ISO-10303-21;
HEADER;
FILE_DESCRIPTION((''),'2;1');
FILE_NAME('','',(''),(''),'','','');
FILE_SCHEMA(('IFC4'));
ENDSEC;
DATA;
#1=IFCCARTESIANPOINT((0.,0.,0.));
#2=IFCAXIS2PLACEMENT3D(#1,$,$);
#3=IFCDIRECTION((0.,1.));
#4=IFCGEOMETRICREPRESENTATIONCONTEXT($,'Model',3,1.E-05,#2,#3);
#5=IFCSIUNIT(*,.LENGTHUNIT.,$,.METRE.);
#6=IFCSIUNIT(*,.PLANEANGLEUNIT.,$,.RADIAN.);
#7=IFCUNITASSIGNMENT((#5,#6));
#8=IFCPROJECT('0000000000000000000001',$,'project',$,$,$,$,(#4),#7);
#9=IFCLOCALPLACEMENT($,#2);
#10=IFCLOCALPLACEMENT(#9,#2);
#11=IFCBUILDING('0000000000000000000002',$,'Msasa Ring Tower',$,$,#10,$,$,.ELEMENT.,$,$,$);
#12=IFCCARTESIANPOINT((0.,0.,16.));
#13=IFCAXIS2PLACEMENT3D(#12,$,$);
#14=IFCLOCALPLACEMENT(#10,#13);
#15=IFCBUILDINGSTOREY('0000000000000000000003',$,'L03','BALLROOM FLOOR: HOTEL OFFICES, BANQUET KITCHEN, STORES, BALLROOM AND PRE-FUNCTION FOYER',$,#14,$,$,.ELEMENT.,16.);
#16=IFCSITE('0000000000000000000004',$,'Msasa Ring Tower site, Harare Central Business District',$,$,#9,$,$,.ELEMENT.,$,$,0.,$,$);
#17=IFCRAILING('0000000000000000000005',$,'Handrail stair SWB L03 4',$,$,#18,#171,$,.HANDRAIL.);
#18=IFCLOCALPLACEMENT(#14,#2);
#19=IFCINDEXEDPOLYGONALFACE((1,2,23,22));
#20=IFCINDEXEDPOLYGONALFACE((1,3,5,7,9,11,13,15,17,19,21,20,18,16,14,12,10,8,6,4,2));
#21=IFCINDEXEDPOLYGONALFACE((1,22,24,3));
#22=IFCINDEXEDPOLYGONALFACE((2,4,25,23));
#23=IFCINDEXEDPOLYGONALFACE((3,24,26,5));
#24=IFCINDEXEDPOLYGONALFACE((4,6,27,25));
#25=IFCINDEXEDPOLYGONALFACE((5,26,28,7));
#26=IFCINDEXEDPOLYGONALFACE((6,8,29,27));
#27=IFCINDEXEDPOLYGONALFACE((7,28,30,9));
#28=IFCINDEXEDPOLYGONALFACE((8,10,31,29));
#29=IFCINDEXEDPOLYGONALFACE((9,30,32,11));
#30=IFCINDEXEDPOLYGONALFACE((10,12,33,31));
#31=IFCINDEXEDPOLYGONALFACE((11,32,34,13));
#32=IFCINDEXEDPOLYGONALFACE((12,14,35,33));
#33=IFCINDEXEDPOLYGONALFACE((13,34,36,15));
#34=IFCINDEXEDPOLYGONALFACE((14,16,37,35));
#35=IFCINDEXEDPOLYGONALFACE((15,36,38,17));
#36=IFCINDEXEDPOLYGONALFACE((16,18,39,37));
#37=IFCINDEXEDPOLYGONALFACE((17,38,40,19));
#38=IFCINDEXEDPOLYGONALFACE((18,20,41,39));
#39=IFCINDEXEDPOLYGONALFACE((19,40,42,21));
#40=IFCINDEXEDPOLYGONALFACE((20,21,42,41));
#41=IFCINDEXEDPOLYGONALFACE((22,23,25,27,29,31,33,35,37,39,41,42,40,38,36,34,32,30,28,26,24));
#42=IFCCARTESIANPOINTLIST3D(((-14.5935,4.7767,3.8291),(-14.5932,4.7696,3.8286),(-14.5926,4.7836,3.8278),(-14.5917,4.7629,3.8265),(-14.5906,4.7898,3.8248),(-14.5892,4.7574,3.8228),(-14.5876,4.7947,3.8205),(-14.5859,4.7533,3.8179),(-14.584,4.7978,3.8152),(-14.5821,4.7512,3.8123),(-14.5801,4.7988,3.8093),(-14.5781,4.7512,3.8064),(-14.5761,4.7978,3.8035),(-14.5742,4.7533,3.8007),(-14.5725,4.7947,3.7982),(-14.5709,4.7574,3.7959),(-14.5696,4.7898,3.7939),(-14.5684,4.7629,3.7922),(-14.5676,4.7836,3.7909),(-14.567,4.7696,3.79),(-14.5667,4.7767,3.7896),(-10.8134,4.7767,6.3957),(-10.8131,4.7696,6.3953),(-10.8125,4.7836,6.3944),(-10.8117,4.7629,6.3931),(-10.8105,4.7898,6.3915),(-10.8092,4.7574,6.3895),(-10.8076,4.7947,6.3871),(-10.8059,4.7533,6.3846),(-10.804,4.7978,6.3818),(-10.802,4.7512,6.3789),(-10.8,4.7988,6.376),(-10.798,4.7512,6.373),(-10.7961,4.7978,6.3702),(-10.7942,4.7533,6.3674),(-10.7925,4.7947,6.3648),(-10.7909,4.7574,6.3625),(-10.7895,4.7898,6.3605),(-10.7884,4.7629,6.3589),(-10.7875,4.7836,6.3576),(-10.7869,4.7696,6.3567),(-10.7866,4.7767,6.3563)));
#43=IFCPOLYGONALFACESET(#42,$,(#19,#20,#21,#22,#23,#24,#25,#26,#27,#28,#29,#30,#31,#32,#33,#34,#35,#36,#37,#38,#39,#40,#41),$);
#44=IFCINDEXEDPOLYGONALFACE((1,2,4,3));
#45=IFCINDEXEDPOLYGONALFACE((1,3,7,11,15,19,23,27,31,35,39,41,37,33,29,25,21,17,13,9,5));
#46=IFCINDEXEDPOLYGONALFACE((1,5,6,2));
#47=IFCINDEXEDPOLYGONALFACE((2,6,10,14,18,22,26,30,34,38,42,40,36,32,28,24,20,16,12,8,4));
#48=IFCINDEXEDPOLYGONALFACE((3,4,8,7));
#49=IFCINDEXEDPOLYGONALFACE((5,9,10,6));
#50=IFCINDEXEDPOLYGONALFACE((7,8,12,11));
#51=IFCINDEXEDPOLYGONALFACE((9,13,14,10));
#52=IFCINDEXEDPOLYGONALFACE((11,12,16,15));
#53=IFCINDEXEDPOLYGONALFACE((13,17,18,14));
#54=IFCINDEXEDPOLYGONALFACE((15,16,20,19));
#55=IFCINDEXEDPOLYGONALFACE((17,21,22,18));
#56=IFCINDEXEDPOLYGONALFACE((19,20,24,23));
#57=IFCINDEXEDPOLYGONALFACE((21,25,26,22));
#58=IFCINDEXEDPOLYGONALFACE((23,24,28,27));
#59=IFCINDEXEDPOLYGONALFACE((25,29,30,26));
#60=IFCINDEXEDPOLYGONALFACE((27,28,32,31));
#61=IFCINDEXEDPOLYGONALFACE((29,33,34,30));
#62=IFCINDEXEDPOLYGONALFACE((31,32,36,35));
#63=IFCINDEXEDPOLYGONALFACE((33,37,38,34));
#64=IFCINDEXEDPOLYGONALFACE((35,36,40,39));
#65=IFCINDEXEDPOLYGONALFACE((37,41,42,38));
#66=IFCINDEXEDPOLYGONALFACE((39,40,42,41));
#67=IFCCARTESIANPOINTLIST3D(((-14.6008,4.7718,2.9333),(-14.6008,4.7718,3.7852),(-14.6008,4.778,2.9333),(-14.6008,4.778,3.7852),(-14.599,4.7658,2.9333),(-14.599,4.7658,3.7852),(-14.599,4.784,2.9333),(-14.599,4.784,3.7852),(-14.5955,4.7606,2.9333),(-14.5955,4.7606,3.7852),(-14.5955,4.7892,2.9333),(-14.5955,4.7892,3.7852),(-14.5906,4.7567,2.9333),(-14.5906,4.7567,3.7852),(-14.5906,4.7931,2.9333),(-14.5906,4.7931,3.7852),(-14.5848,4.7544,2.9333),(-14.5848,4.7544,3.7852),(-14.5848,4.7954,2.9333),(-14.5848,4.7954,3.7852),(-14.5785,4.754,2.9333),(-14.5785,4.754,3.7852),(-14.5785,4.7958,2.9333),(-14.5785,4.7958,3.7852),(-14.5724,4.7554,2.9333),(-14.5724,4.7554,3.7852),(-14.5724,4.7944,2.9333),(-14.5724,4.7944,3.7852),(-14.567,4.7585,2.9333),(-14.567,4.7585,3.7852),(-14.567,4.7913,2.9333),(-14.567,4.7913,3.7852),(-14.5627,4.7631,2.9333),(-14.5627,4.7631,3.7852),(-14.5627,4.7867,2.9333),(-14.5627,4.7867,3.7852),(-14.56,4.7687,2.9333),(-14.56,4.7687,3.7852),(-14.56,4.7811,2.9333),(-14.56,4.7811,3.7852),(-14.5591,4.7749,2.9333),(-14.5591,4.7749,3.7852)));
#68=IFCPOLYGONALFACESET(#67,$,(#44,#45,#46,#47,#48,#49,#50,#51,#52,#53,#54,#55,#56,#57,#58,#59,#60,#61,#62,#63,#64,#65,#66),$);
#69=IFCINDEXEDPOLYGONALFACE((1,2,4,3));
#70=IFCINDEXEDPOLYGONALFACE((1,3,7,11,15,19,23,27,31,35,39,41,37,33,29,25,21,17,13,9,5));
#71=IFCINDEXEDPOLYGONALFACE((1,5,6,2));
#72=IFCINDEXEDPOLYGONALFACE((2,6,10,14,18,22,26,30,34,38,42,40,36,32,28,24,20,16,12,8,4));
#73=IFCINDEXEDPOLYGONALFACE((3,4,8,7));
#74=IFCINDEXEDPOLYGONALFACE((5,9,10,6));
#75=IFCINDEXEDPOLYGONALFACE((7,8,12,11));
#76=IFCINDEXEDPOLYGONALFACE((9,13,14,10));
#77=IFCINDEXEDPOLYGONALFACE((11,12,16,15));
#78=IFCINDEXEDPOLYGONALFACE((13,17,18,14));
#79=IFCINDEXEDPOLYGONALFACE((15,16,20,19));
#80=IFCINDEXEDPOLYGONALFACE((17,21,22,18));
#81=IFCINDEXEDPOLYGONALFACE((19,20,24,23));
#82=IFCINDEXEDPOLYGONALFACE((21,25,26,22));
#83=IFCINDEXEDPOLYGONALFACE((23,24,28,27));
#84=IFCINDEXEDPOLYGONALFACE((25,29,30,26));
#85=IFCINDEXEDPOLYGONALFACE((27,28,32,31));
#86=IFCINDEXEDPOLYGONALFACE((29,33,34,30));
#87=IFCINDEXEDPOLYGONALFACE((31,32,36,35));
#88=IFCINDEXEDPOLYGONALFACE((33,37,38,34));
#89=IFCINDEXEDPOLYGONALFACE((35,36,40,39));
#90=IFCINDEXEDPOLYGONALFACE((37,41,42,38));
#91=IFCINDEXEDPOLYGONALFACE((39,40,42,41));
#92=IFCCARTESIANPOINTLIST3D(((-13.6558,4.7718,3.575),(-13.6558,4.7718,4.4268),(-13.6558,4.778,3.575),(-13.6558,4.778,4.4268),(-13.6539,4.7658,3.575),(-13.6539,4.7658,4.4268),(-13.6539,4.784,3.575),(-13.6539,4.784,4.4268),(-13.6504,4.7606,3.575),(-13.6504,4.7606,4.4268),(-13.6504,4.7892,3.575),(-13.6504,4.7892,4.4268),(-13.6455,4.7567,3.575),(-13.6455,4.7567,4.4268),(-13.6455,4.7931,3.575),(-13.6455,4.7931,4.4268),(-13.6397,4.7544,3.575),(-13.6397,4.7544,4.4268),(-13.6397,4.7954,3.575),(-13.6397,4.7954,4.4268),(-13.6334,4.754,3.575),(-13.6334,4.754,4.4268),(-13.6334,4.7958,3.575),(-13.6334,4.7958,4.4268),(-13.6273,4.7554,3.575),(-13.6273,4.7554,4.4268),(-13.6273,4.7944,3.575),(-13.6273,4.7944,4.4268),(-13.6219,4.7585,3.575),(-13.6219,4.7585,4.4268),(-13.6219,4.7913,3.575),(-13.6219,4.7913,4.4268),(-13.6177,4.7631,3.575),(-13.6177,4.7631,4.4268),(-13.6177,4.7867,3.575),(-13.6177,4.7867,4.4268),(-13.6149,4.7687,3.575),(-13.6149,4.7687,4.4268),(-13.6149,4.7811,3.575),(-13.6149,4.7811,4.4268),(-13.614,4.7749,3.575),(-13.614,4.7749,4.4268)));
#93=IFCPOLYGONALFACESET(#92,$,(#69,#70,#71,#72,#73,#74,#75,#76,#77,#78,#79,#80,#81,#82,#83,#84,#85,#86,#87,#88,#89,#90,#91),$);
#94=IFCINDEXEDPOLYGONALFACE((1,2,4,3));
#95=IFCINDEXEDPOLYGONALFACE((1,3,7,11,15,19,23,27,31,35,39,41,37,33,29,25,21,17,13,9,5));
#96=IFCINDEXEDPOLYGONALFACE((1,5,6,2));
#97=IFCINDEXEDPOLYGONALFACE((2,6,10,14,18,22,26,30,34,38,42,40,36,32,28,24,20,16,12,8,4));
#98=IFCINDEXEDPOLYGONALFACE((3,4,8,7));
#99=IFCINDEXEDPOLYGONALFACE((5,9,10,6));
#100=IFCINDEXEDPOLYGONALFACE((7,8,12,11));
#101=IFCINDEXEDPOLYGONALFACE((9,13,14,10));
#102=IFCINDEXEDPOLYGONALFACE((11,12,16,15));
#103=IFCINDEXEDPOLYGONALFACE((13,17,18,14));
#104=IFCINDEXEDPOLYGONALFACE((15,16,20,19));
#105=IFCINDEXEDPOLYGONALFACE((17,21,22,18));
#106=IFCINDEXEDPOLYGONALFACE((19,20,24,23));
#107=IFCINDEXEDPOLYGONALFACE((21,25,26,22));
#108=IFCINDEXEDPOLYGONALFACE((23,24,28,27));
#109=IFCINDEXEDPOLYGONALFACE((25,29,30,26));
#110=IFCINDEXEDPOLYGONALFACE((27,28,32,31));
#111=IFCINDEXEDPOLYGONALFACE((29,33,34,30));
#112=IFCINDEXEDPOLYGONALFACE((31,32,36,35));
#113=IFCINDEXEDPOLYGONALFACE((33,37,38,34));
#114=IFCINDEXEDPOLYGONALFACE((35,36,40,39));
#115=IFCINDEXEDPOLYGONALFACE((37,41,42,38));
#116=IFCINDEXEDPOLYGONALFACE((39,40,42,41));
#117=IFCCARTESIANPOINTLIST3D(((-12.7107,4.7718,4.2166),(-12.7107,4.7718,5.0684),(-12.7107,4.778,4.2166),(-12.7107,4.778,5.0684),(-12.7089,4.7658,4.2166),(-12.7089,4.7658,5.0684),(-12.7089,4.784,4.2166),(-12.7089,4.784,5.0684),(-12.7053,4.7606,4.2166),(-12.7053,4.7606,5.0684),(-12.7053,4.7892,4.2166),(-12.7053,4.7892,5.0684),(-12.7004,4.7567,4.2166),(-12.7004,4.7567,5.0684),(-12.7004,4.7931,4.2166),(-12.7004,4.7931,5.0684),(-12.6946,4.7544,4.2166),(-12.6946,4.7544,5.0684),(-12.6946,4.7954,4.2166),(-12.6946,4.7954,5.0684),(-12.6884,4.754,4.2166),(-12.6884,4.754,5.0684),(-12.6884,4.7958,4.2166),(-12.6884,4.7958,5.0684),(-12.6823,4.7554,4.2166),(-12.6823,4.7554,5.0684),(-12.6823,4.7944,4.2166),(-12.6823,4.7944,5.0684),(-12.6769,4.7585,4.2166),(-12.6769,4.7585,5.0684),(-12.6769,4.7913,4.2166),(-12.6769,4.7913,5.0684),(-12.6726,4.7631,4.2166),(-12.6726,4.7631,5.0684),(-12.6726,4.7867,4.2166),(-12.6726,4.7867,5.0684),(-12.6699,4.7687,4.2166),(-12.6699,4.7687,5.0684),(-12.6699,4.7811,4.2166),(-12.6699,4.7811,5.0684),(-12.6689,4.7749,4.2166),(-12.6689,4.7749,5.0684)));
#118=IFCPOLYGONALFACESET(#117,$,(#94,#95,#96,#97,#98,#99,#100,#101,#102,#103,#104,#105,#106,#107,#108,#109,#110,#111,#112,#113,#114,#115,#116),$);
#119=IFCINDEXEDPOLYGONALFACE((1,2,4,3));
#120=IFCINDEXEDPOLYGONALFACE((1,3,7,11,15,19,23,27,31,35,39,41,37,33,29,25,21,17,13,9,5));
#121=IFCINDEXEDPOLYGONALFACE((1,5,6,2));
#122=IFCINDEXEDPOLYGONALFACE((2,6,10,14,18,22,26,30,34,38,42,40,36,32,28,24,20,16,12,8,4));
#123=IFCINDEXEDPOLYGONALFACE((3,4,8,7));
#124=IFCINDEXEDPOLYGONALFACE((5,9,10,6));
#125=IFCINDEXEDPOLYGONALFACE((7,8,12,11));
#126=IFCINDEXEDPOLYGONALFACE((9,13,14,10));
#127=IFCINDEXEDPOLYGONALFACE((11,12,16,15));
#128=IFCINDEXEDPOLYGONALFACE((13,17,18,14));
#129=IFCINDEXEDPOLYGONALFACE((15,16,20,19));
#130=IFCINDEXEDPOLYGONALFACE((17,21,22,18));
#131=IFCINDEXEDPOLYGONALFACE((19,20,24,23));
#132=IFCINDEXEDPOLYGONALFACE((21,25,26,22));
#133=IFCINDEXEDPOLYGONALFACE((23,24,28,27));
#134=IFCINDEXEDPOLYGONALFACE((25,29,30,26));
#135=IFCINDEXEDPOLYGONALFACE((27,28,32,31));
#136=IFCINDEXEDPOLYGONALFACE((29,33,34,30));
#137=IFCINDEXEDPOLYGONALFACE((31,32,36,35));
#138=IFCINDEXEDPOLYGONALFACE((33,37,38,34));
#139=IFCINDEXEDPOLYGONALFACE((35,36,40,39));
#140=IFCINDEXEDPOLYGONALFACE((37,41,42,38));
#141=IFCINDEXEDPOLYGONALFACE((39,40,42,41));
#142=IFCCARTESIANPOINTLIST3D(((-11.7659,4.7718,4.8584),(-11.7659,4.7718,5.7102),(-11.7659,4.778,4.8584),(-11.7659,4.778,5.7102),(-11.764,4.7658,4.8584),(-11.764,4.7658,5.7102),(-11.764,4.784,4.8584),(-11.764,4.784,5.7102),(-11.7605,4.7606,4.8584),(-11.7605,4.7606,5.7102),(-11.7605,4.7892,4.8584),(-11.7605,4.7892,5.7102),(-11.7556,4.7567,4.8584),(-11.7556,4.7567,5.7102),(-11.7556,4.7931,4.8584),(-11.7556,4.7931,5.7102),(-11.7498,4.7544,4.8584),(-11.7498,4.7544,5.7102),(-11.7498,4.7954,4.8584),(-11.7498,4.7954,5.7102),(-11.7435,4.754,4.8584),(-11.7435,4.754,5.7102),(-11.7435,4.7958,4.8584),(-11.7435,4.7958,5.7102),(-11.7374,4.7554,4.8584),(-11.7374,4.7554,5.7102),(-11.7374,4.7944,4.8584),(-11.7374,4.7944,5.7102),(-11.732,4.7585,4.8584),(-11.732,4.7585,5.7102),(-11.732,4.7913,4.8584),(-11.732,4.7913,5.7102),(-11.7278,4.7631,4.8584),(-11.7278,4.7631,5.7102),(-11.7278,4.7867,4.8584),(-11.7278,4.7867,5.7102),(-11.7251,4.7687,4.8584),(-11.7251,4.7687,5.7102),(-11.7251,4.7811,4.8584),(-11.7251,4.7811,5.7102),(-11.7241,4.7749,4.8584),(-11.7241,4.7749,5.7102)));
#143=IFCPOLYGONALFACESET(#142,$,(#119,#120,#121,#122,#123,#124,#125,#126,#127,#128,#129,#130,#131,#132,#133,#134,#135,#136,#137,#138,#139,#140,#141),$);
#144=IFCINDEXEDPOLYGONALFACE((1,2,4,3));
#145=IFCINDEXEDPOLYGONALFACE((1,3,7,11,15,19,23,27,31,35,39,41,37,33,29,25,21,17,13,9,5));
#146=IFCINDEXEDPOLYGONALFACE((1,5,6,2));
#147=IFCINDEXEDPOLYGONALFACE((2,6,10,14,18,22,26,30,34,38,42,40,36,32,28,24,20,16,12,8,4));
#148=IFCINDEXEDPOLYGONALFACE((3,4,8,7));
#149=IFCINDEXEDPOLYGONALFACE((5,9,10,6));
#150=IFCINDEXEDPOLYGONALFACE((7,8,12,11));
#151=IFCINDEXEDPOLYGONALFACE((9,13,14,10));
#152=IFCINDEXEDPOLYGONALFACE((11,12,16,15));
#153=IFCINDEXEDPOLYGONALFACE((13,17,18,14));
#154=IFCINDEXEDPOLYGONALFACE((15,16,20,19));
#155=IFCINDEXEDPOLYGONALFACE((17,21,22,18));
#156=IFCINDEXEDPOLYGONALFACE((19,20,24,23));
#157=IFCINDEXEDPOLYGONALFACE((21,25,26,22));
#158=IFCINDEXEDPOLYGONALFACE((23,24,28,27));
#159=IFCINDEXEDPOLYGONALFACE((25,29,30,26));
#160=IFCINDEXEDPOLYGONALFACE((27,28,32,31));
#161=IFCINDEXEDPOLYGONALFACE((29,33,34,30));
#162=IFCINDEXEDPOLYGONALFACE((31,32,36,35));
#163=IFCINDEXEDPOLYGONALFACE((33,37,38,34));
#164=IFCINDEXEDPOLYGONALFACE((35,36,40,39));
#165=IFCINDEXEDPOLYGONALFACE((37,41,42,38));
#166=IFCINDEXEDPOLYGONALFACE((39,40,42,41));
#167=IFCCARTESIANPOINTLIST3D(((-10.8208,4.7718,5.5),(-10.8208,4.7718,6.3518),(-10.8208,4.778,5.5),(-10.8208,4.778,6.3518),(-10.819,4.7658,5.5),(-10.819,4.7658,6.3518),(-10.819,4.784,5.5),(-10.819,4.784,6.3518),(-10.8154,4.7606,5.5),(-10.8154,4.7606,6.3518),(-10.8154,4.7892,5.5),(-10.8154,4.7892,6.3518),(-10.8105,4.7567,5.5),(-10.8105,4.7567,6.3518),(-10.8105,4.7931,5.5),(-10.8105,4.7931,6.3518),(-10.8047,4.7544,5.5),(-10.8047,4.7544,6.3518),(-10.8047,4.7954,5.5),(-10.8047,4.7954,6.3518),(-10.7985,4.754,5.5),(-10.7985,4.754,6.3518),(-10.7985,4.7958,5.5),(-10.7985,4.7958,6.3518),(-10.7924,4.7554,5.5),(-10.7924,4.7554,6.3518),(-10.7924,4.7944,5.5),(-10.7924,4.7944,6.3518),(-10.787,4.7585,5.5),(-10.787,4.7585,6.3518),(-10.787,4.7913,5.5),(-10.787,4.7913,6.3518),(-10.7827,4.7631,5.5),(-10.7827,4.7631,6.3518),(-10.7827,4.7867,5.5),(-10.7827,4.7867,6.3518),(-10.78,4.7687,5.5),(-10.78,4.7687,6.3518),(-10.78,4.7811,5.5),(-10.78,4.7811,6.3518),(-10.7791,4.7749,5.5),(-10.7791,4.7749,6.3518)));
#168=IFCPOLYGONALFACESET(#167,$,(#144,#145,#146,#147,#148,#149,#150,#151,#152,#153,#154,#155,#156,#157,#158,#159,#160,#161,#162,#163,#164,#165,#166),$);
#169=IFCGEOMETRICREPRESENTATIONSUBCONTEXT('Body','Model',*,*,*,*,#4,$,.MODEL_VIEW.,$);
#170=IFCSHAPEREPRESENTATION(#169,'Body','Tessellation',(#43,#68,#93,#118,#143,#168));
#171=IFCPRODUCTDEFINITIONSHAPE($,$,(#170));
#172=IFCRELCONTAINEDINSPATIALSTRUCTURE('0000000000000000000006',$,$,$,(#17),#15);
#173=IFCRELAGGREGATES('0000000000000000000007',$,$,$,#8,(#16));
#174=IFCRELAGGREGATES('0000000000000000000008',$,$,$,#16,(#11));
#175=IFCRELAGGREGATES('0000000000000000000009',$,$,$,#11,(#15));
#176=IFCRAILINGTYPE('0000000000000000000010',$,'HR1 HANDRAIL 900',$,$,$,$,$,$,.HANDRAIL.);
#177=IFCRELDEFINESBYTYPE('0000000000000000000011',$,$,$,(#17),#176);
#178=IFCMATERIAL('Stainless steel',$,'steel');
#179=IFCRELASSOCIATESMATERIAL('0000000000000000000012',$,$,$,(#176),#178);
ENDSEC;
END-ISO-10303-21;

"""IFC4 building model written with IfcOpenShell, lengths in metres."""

from ifc_helpers import new_model, si_unit, direction, frame, origin, origin_2d, place, context, subcontext, project, spatial, circle, extrude, material, type_object, element, save


model = new_model("IFC4")

# Units and contexts
model_context = context("Model", 3, precision=1e-05, world=origin(), true_north=direction((0.0, 1.0)))
body_context = subcontext(model_context, "Body", "Model", "MODEL_VIEW")
ifc_project = project(units=[si_unit("LENGTHUNIT", "METRE"), si_unit("PLANEANGLEUNIT", "RADIAN")], contexts=[model_context])

# Site, building, storey
site_placement = place(None, origin())
site = spatial("IfcSite", under=ifc_project, at=site_placement, Name="Msasa Ring Tower site, Harare Central Business District", CompositionType="ELEMENT", RefElevation=0.0)
building_placement = place(site_placement, origin())
building = spatial("IfcBuilding", under=site, at=building_placement, Name="Msasa Ring Tower", CompositionType="ELEMENT")
storey_placement = place(building_placement, frame((0.0, 0.0, 16.0)))
storey = spatial("IfcBuildingStorey", under=building, at=storey_placement, Name="L03", Description="BALLROOM FLOOR: HOTEL OFFICES, BANQUET KITCHEN, STORES, BALLROOM AND PRE-FUNCTION FOYER", CompositionType="ELEMENT", Elevation=16.0)

# Railing
ifc_material_1 = material(Name="Stainless steel", Category="steel")
railing_type = type_object("IfcRailingType", Name="HR1 HANDRAIL 900", PredefinedType="HANDRAIL", material=ifc_material_1)
for number, where, name in (
    (1, (-14.5801, 4.7749, 2.9333), "Handrail stair SWB L03 4"),
):
    element("IfcRailing", number, at=place(storey_placement, frame(where)), inside=storey, type_object=railing_type, Name=name, PredefinedType="HANDRAIL", context=body_context, shape_type="SweptSolid", body=[
        extrude(circle(Radius=0.0239, at=origin_2d()), frame((0.0, 0.0, 0.876), z_axis=(0.82731, 0.0, 0.561746), x_axis=(0.0, 1.0, 0.0)), (0.0, 0.0, 1.0), 4.5691),
        extrude(circle(Radius=0.021, at=origin_2d()), origin(), (0.0, 0.0, 1.0), 0.8518),
        extrude(circle(Radius=0.021, at=origin_2d()), frame((0.9451, 0.0, 0.6416)), (0.0, 0.0, 1.0), 0.8518),
        extrude(circle(Radius=0.021, at=origin_2d()), frame((1.8901, 0.0, 1.2832)), (0.0, 0.0, 1.0), 0.8518),
        extrude(circle(Radius=0.021, at=origin_2d()), frame((2.835, 0.0, 1.925)), (0.0, 0.0, 1.0), 0.8518),
        extrude(circle(Radius=0.021, at=origin_2d()), frame((3.78, 0.0, 2.5667)), (0.0, 0.0, 1.0), 0.8518),
    ])

save(model, "model.ifc")
